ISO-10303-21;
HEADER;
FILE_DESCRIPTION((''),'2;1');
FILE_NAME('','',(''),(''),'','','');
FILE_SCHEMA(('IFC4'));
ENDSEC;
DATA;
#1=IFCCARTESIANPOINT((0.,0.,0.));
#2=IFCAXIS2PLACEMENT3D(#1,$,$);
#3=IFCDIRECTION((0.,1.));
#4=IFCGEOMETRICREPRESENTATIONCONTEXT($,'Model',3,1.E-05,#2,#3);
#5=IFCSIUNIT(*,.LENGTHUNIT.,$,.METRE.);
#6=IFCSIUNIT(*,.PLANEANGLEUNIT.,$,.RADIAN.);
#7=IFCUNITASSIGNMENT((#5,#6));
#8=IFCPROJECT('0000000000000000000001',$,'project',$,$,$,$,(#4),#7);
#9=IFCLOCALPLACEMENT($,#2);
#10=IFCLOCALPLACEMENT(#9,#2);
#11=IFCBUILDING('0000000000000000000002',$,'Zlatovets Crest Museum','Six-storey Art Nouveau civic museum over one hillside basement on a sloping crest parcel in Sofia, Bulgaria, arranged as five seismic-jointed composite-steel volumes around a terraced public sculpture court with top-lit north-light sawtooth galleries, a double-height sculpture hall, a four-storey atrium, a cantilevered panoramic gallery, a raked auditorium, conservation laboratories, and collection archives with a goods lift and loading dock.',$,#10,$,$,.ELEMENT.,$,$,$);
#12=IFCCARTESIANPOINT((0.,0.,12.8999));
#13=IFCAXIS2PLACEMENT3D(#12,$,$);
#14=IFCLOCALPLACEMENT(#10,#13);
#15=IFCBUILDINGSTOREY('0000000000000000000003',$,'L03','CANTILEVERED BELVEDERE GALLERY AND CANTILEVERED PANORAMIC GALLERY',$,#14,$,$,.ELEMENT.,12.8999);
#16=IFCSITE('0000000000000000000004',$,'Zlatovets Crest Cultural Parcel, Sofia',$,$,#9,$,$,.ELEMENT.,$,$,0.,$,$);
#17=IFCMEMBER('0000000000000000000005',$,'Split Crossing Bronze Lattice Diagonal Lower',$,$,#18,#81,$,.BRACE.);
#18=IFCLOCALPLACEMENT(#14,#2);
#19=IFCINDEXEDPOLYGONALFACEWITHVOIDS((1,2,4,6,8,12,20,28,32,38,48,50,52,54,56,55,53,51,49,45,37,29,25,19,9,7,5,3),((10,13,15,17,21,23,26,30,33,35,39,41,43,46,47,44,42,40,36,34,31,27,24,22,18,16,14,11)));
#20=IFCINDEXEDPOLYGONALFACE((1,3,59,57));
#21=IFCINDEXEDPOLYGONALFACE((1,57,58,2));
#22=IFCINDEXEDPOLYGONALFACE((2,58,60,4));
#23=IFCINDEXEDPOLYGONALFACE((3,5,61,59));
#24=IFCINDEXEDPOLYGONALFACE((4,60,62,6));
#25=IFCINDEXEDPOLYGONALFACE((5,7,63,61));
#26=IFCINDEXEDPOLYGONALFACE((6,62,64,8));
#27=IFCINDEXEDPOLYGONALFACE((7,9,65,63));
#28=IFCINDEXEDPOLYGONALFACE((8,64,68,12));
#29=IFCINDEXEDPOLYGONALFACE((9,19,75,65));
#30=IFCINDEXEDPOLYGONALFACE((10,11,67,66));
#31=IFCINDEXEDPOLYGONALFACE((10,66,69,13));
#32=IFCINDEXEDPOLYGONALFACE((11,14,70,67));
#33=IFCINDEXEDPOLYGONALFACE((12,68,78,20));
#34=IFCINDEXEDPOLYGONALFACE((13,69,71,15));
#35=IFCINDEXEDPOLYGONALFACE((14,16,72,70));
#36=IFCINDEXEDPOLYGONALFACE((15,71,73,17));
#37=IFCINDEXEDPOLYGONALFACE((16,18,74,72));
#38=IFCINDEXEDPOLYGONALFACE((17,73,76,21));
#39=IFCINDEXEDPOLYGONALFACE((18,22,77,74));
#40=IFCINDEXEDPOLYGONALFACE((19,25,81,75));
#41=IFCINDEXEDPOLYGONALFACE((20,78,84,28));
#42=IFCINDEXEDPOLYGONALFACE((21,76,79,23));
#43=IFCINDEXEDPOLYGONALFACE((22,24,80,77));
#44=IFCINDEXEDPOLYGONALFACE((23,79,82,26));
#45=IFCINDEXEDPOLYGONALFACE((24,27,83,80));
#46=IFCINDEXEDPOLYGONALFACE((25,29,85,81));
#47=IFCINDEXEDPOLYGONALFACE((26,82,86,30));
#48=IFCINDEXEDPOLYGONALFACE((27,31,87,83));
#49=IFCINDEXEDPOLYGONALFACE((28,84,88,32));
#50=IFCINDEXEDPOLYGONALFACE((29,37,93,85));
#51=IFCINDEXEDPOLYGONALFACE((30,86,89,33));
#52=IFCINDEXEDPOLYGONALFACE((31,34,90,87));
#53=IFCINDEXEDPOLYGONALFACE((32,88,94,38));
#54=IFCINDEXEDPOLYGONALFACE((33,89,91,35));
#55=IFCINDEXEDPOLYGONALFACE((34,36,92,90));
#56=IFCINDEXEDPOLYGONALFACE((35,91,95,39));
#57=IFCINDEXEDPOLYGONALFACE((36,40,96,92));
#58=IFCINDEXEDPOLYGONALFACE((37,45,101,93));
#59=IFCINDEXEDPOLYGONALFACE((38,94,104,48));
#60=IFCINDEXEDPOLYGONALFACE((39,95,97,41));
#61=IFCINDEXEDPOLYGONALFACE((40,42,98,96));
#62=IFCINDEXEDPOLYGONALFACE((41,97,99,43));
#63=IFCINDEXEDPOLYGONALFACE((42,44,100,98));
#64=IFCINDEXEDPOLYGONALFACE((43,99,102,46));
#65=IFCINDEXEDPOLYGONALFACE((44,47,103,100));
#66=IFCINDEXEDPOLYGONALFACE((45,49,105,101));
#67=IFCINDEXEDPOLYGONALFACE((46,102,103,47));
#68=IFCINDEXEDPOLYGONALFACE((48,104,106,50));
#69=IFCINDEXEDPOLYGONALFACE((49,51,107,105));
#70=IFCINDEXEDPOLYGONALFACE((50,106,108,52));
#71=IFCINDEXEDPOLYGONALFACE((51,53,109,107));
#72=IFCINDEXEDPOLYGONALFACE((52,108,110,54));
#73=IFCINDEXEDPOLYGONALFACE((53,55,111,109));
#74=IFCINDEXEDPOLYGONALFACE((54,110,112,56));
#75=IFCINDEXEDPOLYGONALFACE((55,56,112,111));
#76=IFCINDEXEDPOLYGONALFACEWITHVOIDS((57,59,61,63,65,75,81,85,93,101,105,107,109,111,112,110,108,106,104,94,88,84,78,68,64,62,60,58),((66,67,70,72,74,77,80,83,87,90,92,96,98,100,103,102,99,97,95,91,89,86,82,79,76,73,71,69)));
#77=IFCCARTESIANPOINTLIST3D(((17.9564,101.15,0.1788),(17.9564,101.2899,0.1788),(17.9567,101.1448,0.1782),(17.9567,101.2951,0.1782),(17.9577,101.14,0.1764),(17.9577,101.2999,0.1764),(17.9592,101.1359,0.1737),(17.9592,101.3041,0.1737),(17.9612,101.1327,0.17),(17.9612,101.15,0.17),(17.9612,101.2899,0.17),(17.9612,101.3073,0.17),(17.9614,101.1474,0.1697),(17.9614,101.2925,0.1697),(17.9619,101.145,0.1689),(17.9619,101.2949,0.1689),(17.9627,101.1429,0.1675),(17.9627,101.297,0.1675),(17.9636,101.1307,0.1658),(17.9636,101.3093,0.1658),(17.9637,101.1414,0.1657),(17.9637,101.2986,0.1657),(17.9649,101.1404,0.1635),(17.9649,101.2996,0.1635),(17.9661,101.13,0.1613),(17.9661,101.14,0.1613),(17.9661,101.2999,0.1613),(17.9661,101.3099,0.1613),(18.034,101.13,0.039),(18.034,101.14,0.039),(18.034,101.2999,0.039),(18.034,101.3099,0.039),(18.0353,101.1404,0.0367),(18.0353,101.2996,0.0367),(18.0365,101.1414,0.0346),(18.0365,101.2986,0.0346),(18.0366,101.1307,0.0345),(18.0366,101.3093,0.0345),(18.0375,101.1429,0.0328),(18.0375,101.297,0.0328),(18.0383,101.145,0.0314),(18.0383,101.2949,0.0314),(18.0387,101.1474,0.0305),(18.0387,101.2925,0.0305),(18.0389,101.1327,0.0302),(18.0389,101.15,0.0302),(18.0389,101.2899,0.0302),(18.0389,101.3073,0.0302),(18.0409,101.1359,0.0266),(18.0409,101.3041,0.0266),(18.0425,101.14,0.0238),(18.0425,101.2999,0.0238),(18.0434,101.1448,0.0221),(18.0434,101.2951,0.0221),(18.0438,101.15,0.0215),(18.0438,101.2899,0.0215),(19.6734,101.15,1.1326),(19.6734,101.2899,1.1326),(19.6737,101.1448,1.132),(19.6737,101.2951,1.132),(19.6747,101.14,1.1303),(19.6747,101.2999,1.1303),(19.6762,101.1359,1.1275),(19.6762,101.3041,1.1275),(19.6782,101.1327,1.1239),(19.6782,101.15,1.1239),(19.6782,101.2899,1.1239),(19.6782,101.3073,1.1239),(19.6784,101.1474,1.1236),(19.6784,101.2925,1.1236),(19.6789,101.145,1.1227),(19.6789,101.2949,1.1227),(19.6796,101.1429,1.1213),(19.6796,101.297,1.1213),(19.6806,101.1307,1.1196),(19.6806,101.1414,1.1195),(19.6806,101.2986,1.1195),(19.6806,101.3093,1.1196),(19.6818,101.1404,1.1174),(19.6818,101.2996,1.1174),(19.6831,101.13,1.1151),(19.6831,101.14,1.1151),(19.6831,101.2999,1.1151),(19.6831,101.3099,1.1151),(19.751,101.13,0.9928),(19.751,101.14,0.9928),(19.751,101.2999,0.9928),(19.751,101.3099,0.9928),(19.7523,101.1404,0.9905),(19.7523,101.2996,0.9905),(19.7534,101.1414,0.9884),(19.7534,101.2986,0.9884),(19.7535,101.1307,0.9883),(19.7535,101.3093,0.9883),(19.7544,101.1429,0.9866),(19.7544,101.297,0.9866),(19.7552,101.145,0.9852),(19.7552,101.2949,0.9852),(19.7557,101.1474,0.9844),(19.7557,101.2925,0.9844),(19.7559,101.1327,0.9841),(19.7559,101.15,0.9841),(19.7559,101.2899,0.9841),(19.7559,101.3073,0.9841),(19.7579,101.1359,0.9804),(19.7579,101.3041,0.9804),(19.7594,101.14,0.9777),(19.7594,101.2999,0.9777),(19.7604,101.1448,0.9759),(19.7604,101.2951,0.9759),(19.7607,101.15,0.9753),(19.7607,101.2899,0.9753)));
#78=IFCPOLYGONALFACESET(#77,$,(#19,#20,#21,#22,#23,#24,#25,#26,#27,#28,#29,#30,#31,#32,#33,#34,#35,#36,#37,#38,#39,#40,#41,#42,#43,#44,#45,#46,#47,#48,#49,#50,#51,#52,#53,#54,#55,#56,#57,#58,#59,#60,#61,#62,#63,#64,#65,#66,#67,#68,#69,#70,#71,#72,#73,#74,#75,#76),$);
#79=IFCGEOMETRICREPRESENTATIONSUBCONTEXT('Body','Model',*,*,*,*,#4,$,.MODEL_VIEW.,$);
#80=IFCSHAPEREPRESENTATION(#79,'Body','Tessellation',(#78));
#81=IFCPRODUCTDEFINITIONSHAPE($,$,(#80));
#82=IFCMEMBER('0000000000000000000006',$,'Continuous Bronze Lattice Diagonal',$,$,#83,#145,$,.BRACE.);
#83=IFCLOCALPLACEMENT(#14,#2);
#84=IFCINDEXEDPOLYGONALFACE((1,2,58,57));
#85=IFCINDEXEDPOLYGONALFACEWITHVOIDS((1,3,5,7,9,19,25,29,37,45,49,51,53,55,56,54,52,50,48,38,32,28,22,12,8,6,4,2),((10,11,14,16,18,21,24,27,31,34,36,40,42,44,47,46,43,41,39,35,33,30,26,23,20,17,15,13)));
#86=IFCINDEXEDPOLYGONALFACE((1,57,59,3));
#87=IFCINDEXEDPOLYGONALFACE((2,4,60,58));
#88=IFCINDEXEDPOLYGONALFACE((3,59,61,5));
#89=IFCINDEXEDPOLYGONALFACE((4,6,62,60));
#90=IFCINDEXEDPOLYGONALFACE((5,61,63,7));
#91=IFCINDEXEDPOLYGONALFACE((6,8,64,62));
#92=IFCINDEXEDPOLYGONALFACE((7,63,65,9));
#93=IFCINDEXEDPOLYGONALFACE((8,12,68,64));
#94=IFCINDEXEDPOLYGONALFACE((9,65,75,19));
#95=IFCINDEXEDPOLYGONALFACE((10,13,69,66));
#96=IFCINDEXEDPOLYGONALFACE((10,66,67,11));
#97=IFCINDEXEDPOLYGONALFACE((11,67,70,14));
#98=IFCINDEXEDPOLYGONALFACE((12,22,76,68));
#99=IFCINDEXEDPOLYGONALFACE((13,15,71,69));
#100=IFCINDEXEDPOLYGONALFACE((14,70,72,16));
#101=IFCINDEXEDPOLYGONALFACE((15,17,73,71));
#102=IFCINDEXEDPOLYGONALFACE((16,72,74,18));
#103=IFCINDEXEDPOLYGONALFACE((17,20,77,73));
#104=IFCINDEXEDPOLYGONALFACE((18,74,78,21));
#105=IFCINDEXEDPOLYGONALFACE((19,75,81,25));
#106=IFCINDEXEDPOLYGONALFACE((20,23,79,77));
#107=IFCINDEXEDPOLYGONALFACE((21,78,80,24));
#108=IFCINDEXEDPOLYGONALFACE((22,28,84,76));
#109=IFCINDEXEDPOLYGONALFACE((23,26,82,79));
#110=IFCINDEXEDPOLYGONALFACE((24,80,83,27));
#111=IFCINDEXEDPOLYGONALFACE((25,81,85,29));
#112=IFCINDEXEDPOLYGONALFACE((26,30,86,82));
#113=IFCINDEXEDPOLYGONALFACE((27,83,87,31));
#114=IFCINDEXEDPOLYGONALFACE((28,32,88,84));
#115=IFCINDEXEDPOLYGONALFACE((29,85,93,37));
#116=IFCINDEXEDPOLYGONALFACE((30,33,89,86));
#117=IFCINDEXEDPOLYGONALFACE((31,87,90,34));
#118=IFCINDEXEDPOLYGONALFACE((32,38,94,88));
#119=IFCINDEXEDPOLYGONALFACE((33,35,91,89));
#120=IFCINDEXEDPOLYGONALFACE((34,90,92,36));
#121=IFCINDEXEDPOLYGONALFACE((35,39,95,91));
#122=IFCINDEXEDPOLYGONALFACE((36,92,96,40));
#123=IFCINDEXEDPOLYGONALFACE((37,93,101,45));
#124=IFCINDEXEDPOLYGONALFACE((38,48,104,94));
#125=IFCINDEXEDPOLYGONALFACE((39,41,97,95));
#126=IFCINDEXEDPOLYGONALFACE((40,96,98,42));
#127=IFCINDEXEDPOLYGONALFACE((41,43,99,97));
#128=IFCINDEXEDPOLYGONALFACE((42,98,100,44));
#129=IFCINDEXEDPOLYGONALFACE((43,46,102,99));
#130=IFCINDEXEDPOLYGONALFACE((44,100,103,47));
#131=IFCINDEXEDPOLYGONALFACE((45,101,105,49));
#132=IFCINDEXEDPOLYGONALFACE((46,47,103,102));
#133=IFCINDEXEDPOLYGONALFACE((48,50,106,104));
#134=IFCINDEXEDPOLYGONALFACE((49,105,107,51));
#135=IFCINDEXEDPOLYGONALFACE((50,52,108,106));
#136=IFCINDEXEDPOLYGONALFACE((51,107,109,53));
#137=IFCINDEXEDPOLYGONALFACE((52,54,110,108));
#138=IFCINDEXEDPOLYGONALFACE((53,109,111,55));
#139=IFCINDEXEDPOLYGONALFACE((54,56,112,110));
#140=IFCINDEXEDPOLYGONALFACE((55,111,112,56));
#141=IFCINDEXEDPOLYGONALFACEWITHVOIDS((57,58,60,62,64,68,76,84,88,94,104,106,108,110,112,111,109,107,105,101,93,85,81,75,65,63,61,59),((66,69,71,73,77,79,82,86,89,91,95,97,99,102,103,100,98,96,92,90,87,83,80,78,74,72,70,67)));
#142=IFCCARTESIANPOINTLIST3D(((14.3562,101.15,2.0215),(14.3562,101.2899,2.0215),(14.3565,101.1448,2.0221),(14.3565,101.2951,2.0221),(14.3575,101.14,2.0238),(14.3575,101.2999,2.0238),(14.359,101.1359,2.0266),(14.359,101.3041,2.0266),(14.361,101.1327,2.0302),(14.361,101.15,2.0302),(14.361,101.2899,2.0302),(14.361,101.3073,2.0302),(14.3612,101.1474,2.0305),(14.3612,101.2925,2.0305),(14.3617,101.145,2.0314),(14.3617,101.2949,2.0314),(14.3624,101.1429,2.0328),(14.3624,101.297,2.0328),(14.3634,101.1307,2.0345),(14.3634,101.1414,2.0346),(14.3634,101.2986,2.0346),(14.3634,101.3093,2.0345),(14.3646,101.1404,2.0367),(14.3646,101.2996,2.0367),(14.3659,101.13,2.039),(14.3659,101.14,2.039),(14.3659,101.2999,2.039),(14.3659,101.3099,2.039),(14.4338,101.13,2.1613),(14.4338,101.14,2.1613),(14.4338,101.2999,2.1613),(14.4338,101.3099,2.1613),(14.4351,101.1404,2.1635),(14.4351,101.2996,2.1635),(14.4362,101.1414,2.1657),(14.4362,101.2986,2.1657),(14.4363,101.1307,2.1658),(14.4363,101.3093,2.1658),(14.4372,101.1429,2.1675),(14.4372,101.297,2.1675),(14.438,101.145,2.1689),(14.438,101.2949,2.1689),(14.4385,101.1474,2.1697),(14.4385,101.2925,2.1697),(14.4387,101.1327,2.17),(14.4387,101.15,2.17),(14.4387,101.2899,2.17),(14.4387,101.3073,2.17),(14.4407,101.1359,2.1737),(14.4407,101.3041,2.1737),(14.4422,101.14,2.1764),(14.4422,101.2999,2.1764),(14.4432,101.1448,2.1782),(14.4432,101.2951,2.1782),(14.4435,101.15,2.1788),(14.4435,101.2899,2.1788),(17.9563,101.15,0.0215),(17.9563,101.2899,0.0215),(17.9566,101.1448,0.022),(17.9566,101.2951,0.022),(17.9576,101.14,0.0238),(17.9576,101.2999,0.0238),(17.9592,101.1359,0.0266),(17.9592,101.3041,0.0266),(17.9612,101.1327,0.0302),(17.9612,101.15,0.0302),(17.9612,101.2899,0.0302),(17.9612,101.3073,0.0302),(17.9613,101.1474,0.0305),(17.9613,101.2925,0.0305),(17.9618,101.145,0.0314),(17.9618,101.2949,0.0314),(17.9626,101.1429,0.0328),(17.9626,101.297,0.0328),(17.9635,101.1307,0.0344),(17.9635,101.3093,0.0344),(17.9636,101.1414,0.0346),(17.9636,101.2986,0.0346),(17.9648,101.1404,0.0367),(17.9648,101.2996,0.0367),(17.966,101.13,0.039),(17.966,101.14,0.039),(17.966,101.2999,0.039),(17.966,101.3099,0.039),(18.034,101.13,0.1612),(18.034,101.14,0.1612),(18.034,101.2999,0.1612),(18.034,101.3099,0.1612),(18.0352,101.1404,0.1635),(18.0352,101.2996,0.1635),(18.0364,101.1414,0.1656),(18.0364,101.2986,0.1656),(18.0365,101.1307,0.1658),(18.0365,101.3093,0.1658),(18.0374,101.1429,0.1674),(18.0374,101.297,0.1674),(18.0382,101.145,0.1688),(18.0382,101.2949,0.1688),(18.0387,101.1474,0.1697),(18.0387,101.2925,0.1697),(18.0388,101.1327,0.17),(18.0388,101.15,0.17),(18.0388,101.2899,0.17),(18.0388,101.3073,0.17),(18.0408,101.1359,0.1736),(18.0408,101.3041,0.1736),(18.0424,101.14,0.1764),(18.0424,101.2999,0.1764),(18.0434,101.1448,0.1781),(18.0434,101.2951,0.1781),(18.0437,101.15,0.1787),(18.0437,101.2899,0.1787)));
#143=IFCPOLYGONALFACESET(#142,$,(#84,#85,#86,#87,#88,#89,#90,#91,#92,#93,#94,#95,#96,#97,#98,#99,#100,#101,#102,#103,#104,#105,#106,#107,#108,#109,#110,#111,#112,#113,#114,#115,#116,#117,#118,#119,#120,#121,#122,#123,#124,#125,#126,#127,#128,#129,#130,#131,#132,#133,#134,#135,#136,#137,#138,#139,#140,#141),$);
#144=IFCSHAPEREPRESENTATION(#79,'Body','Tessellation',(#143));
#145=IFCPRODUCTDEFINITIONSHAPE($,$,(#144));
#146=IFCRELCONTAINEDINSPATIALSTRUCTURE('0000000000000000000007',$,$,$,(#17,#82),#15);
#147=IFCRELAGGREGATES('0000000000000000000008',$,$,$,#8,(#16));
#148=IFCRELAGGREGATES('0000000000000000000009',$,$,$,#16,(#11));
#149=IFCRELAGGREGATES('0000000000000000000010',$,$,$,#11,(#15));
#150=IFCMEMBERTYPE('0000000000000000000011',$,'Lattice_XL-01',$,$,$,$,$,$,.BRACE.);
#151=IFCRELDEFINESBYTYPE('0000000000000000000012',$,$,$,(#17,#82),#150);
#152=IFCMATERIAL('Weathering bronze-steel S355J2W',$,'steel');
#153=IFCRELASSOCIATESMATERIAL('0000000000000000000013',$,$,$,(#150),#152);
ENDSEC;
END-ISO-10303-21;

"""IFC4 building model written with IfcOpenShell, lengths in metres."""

from ifc_helpers import new_model, si_unit, direction, frame, origin, origin_2d, place, context, subcontext, project, spatial, hollow_rectangle, extrude, material, material_profile, profile_set, type_object, element, save


model = new_model("IFC4")

# Units and contexts
model_context = context("Model", 3, precision=1e-05, world=origin(), true_north=direction((0.0, 1.0)))
body_context = subcontext(model_context, "Body", "Model", "MODEL_VIEW")
ifc_project = project(units=[si_unit("LENGTHUNIT", "METRE"), si_unit("PLANEANGLEUNIT", "RADIAN")], contexts=[model_context])

# Site, building, storey
site_placement = place(None, origin())
site = spatial("IfcSite", under=ifc_project, at=site_placement, Name="Zlatovets Crest Cultural Parcel, Sofia", CompositionType="ELEMENT", RefElevation=0.0)
building_placement = place(site_placement, origin())
building = spatial("IfcBuilding", under=site, at=building_placement, Name="Zlatovets Crest Museum", Description="Six-storey Art Nouveau civic museum over one hillside basement on a sloping crest parcel in Sofia, Bulgaria, arranged as five seismic-jointed composite-steel volumes around a terraced public sculpture court with top-lit north-light sawtooth galleries, a double-height sculpture hall, a four-storey atrium, a cantilevered panoramic gallery, a raked auditorium, conservation laboratories, and collection archives with a goods lift and loading dock.", CompositionType="ELEMENT")
storey_placement = place(building_placement, frame((0.0, 0.0, 12.8999)))
storey = spatial("IfcBuildingStorey", under=building, at=storey_placement, Name="L03", Description="CANTILEVERED BELVEDERE GALLERY AND CANTILEVERED PANORAMIC GALLERY", CompositionType="ELEMENT", Elevation=12.8999)

# Members
ifc_material_1 = material(Name="Weathering bronze-steel S355J2W", Category="steel")
ifc_material_profile_1 = material_profile(ifc_material_1, hollow_rectangle(XDim=0.1799, YDim=0.1799, WallThickness=0.01, InnerFilletRadius=0.01, OuterFilletRadius=0.02, at=origin_2d()), Name="SHS 180x180x10.0")
ifc_profile_set_1 = profile_set([ifc_material_profile_1], Name="Weathering bronze-steel S355J2W")
member_type_1 = type_object("IfcMemberType", Name="Lattice_XL-01", PredefinedType="BRACE", material=ifc_profile_set_1)
member_1_placement = place(storey_placement, frame((19.717, 101.22, 1.054), z_axis=(-0.874169, 0.0, -0.485622), x_axis=(0.0, -1.0, 0.0)))
element("IfcMember", 1, at=member_1_placement, inside=storey, type_object=member_type_1, Name="Split Crossing Bronze Lattice Diagonal Lower", PredefinedType="BRACE", context=body_context, shape_type="SweptSolid", body=[
    extrude(hollow_rectangle(XDim=0.1799, YDim=0.1799, WallThickness=0.01, InnerFilletRadius=0.01, OuterFilletRadius=0.02, at=origin_2d()), origin(), (0.0, 0.0, 1.0), 1.9641),
])
member_2_placement = place(storey_placement, frame((18.0, 101.22, 0.1001), z_axis=(-0.874163, 0.0, 0.485633), x_axis=(0.0, -1.0, 0.0)))
element("IfcMember", 2, at=member_2_placement, inside=storey, type_object=member_type_1, Name="Continuous Bronze Lattice Diagonal", PredefinedType="BRACE", context=body_context, shape_type="SweptSolid", body=[
    extrude(hollow_rectangle(XDim=0.1799, YDim=0.1799, WallThickness=0.01, InnerFilletRadius=0.01, OuterFilletRadius=0.02, at=origin_2d()), origin(), (0.0, 0.0, 1.0), 4.1184),
])

save(model, "model.ifc")
